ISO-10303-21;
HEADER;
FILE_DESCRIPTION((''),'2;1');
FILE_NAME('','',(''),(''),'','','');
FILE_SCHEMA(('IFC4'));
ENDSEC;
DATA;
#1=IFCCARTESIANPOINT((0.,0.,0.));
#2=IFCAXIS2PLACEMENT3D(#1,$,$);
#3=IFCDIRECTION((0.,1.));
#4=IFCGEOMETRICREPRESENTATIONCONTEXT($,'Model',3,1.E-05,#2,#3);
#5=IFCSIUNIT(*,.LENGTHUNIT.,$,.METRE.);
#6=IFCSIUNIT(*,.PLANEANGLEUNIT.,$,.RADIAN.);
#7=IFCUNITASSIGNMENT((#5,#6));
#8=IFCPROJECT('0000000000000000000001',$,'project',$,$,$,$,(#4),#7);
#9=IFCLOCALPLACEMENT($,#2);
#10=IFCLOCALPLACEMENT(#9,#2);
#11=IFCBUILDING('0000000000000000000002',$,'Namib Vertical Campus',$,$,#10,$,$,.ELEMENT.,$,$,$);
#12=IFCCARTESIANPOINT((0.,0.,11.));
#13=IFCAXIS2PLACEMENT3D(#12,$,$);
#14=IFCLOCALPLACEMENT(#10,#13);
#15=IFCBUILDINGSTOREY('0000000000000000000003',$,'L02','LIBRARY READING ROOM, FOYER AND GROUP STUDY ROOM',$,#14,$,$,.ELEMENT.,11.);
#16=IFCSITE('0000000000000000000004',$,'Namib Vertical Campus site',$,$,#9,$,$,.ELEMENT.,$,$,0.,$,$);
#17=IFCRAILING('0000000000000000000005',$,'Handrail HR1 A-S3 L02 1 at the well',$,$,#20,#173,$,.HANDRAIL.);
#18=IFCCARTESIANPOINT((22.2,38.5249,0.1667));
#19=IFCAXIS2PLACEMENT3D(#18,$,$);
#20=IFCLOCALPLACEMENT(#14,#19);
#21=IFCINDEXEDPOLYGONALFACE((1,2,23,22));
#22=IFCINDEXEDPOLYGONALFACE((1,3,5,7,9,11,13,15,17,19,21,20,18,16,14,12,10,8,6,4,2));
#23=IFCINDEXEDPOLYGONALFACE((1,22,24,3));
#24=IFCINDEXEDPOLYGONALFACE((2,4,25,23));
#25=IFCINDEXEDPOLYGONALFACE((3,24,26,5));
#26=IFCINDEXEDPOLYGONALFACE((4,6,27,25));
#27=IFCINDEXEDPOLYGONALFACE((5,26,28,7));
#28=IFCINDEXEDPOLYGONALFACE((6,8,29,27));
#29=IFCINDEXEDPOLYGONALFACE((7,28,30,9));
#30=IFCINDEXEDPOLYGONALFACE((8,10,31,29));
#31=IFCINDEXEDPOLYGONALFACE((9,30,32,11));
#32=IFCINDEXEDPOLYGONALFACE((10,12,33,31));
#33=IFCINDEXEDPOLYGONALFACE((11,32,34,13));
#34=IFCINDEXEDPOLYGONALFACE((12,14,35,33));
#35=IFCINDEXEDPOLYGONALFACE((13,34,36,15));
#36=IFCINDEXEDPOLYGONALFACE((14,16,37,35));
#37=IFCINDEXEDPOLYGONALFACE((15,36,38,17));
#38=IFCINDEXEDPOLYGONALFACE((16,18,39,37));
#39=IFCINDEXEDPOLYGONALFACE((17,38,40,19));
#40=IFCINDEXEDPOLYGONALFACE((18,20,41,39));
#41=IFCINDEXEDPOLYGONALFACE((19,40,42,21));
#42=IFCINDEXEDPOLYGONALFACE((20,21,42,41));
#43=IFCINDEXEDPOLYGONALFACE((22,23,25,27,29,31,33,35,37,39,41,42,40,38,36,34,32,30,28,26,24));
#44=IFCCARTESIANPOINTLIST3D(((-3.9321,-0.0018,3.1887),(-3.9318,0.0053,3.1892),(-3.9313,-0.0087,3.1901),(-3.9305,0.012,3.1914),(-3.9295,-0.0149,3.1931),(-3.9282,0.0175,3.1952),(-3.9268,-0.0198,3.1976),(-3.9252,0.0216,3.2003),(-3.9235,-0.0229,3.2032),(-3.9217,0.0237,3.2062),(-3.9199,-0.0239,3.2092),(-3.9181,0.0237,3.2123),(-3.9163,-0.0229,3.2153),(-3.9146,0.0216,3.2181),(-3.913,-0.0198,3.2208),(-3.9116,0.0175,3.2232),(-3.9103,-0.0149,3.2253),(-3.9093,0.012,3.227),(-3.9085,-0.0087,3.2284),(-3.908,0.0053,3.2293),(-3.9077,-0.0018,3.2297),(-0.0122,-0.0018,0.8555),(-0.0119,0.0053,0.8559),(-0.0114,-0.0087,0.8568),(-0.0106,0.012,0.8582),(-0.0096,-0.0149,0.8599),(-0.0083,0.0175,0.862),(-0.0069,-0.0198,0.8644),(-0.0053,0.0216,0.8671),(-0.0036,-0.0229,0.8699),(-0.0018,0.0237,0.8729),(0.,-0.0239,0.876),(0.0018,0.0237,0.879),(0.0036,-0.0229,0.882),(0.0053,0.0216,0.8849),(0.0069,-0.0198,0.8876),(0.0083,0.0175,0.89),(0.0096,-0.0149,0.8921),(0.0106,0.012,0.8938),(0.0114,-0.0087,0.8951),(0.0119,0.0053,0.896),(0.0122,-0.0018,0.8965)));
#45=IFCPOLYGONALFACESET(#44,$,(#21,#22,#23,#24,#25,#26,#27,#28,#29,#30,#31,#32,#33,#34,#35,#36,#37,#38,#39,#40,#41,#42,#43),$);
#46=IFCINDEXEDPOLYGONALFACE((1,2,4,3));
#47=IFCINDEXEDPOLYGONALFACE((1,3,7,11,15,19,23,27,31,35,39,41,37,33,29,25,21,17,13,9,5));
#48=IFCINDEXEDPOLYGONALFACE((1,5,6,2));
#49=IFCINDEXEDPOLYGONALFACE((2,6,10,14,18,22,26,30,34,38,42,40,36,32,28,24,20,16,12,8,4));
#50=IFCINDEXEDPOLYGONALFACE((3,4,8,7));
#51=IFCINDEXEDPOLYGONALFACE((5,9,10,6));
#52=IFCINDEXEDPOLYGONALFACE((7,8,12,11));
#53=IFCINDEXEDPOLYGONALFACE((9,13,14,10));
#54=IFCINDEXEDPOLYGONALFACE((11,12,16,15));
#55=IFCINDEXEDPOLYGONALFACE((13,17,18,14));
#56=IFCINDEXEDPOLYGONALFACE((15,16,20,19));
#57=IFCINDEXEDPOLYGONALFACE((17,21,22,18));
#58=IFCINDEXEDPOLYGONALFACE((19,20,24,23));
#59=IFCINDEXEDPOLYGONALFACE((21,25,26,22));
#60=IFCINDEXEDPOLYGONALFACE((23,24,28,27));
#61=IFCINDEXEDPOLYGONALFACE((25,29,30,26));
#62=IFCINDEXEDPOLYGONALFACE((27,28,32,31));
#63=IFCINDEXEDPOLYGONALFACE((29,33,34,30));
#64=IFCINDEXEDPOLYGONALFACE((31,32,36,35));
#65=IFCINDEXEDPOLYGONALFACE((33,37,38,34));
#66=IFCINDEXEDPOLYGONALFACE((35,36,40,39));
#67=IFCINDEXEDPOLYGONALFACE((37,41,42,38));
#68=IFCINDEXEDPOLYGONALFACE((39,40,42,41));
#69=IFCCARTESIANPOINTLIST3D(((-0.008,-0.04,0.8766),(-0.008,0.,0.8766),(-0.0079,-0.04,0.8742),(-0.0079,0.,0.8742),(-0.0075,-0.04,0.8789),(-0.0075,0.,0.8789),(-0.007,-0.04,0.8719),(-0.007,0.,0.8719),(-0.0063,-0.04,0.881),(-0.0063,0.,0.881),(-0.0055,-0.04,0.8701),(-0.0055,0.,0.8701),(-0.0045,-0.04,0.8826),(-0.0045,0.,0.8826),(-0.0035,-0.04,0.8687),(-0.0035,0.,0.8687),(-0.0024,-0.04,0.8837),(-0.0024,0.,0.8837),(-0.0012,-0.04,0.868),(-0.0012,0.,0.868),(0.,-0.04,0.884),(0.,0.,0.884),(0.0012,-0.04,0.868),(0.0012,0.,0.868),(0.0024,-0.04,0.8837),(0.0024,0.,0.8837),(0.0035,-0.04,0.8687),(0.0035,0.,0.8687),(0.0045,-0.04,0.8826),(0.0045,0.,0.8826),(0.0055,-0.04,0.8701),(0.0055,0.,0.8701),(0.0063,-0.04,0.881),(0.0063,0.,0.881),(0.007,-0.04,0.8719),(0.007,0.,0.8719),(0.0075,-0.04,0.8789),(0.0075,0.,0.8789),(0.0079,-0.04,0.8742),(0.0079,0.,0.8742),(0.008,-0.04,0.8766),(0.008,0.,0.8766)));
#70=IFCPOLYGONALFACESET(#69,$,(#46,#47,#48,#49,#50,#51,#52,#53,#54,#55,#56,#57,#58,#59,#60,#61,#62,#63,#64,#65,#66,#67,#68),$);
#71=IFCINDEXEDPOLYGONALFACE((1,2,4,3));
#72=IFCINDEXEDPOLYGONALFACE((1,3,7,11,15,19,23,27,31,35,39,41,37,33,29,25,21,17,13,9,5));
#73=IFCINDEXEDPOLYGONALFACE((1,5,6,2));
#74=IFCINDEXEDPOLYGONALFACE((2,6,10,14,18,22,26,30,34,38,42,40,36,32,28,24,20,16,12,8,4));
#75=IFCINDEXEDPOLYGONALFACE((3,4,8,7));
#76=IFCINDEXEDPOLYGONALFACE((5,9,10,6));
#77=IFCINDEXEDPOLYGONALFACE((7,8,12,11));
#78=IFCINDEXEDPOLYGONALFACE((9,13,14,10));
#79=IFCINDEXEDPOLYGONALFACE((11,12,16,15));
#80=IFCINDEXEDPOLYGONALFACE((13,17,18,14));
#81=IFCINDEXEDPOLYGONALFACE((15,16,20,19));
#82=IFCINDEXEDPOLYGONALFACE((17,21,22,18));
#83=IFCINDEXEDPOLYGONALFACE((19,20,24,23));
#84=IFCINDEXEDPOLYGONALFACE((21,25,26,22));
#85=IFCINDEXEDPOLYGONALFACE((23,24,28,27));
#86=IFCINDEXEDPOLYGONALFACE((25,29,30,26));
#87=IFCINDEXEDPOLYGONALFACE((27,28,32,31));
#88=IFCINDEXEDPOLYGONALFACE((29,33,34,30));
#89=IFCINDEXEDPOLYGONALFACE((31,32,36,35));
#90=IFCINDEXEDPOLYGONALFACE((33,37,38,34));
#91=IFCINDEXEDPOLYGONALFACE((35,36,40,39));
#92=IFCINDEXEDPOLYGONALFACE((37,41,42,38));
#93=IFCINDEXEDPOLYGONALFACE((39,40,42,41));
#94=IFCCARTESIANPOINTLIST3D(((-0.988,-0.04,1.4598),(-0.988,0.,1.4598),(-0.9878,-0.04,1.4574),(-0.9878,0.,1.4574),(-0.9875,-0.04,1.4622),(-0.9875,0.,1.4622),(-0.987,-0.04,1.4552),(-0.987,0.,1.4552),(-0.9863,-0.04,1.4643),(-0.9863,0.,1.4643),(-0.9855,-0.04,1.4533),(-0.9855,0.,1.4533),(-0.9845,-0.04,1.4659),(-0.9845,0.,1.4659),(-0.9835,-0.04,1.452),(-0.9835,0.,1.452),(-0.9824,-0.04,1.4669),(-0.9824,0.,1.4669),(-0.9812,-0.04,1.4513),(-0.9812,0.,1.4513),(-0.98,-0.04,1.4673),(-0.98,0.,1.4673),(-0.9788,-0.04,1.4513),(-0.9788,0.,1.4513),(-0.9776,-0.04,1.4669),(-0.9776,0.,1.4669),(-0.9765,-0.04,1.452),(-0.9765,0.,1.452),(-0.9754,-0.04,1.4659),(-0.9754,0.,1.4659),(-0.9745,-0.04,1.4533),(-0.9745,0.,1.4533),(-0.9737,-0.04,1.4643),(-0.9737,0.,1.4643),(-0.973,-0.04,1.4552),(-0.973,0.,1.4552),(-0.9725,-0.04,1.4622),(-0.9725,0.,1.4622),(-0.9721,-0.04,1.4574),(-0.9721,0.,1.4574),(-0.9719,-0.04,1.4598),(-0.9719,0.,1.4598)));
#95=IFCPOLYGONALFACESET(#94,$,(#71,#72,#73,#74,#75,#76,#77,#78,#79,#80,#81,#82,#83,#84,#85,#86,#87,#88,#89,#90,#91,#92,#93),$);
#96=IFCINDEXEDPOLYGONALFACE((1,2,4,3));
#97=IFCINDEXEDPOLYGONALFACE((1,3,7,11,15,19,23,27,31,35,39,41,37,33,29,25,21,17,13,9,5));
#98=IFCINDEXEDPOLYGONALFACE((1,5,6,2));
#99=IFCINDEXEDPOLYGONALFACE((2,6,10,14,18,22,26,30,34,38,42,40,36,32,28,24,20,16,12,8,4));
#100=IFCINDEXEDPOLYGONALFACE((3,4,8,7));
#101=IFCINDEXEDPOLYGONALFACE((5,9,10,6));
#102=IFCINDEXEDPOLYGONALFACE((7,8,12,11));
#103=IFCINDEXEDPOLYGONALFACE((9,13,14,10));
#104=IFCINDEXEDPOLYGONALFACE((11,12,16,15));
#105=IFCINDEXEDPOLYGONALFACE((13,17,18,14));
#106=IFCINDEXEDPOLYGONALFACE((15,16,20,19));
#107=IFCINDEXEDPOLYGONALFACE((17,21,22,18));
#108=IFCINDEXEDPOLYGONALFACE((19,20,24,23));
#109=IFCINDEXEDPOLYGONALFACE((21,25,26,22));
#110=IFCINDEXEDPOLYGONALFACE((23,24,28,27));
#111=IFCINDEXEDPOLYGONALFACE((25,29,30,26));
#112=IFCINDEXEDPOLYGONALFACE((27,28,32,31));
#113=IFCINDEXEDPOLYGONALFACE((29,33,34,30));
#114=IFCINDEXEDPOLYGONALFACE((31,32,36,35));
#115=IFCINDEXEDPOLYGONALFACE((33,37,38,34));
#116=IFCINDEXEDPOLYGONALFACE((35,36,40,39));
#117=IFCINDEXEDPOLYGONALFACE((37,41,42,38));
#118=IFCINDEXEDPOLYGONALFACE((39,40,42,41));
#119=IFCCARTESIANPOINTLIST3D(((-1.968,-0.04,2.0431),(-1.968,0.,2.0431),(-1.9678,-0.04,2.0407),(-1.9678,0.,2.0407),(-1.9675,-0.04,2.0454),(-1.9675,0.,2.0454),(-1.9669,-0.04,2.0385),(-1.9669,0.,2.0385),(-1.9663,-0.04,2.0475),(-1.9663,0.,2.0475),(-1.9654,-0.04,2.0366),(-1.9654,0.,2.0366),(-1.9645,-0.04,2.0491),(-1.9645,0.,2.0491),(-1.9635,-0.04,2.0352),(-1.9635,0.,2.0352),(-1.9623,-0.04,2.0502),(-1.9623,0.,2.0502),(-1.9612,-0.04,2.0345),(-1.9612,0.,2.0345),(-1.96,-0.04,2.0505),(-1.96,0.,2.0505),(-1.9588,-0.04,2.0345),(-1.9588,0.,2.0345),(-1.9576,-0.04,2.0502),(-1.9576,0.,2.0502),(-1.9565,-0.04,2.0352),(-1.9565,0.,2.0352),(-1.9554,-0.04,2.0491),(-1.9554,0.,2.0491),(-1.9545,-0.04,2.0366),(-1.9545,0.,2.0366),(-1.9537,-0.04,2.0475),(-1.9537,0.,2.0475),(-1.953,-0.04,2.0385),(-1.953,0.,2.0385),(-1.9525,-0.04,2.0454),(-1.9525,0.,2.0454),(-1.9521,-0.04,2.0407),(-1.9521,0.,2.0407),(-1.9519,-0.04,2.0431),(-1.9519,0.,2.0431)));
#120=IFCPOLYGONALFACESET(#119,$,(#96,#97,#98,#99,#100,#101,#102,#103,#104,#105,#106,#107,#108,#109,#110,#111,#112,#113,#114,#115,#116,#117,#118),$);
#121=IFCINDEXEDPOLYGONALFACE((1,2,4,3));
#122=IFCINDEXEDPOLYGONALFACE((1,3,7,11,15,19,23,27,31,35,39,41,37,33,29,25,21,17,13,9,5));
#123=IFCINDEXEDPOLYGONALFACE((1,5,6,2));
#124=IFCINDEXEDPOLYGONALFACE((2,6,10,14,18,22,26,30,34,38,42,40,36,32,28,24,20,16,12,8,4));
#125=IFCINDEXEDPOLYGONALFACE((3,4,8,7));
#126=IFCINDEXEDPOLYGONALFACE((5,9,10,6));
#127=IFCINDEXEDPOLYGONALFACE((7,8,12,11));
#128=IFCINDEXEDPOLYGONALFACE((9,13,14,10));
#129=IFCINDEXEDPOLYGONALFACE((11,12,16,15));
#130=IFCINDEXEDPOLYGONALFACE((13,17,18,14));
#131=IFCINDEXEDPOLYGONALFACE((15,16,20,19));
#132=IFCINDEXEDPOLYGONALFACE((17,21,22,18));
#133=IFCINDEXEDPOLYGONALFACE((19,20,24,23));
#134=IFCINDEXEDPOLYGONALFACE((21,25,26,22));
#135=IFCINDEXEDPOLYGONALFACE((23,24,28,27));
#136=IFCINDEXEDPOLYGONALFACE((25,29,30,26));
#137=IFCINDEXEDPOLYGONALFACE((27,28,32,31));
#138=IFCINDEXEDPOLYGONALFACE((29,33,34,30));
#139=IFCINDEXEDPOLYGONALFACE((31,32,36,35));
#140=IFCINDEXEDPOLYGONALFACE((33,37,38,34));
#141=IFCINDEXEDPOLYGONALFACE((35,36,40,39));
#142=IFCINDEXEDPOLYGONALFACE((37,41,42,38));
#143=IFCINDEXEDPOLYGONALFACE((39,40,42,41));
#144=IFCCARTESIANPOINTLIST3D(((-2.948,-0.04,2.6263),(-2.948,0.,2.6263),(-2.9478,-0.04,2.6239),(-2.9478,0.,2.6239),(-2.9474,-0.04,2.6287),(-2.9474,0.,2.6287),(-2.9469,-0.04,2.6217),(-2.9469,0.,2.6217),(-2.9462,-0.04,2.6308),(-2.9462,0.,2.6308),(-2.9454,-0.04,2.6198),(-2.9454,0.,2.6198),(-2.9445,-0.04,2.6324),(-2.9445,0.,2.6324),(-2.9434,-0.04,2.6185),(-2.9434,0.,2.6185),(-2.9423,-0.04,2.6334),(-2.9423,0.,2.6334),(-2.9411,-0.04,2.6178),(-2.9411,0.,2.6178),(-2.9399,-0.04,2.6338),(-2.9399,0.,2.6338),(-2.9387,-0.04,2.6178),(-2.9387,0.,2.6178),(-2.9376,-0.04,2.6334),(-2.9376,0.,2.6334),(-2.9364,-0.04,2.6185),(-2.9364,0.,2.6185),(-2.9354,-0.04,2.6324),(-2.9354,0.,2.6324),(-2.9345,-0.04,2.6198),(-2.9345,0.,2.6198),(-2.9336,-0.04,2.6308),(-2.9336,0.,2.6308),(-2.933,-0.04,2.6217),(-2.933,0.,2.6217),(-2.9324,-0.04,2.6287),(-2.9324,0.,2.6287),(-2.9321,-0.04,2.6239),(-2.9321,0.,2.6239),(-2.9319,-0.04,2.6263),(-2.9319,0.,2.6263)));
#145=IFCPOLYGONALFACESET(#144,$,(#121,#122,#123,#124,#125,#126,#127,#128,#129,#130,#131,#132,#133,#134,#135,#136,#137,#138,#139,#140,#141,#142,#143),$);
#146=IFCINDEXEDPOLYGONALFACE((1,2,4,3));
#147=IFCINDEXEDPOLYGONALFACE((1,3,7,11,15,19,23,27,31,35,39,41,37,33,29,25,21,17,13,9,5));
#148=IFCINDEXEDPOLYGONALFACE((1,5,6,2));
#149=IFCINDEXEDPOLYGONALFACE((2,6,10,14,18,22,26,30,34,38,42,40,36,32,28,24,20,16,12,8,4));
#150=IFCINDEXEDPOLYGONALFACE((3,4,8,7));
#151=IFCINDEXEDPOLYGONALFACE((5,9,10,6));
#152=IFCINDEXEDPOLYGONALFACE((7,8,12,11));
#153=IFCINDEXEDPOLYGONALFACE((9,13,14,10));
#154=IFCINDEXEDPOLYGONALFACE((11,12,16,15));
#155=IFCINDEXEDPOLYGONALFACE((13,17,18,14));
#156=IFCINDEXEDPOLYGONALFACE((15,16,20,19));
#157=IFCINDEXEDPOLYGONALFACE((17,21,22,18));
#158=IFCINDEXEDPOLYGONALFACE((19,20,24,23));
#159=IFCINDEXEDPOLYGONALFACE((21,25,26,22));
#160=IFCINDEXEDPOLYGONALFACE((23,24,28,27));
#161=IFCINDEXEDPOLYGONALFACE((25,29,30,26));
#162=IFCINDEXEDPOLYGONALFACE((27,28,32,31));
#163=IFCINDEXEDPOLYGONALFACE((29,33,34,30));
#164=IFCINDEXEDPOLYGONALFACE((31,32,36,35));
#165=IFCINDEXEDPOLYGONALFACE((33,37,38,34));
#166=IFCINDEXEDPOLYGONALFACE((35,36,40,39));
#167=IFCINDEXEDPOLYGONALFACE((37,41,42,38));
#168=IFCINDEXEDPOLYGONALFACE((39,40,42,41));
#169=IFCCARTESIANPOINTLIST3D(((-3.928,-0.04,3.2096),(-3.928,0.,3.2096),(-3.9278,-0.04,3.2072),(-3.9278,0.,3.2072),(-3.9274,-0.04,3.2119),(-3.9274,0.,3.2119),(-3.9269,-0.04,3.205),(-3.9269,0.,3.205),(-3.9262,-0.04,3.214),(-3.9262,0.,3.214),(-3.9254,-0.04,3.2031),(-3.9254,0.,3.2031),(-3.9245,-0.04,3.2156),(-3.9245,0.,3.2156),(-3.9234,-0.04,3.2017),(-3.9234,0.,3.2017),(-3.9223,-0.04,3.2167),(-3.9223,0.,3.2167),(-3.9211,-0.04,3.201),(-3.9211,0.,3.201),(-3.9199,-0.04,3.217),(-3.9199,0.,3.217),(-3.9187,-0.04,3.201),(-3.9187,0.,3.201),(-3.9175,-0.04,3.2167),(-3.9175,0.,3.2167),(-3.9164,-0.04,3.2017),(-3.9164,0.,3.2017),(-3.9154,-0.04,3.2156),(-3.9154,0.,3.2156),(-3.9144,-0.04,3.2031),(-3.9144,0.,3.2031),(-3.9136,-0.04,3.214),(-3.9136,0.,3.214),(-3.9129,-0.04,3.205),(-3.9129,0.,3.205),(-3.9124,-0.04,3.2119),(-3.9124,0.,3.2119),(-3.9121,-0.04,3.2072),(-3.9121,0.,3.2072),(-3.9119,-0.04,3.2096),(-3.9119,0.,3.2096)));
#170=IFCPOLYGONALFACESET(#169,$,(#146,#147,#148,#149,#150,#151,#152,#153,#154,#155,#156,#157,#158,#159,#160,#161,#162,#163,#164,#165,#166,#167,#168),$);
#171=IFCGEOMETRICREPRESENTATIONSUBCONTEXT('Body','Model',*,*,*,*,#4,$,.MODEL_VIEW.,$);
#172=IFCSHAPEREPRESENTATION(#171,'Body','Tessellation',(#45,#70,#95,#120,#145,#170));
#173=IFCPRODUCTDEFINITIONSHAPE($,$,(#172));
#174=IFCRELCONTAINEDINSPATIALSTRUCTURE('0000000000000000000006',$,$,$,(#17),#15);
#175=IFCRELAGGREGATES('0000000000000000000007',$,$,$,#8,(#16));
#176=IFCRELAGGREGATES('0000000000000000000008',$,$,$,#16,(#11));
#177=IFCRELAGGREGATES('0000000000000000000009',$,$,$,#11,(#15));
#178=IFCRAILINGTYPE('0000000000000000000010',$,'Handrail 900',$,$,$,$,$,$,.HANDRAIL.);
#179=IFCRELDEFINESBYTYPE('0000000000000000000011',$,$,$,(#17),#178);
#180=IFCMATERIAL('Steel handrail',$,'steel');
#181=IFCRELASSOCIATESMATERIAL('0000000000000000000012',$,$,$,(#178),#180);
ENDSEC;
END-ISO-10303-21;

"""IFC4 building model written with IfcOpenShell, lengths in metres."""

from ifc_helpers import new_model, si_unit, direction, frame, origin, origin_2d, place, context, subcontext, project, spatial, circle, extrude, material, type_object, element, save


model = new_model("IFC4")

# Units and contexts
model_context = context("Model", 3, precision=1e-05, world=origin(), true_north=direction((0.0, 1.0)))
body_context = subcontext(model_context, "Body", "Model", "MODEL_VIEW")
ifc_project = project(units=[si_unit("LENGTHUNIT", "METRE"), si_unit("PLANEANGLEUNIT", "RADIAN")], contexts=[model_context])

# Site, building, storey
site_placement = place(None, origin())
site = spatial("IfcSite", under=ifc_project, at=site_placement, Name="Namib Vertical Campus site", CompositionType="ELEMENT", RefElevation=0.0)
building_placement = place(site_placement, origin())
building = spatial("IfcBuilding", under=site, at=building_placement, Name="Namib Vertical Campus", CompositionType="ELEMENT")
storey_placement = place(building_placement, frame((0.0, 0.0, 11.0)))
storey = spatial("IfcBuildingStorey", under=building, at=storey_placement, Name="L02", Description="LIBRARY READING ROOM, FOYER AND GROUP STUDY ROOM", CompositionType="ELEMENT", Elevation=11.0)

# Railing
ifc_material_1 = material(Name="Steel handrail", Category="steel")
railing_type_1 = type_object("IfcRailingType", Name="Handrail 900", PredefinedType="HANDRAIL", material=ifc_material_1)
railing_1_placement = place(storey_placement, frame((22.2, 38.5249, 0.1667)))
element("IfcRailing", 1, at=railing_1_placement, inside=storey, type_object=railing_type_1, Name="Handrail HR1 A-S3 L02 1 at the well", PredefinedType="HANDRAIL", context=body_context, shape_type="SweptSolid", body=[
    extrude(circle(Radius=0.0239, at=origin_2d()), frame((0.0, 0.0, 0.876), z_axis=(-0.859296, 0.0, 0.511478), x_axis=(0.0, -1.0, 0.0)), (0.0, 0.0, 1.0), 4.5618),
    extrude(circle(Radius=0.0081, at=origin_2d()), frame((0.0, 0.0, 0.876), z_axis=(0.0, -1.0, 0.0), x_axis=(0.0, 0.0, 1.0)), (0.0, 0.0, 1.0), 0.04),
    extrude(circle(Radius=0.0081, at=origin_2d()), frame((-0.98, 0.0, 1.4592), z_axis=(0.0, -1.0, 0.0), x_axis=(0.0, 0.0, 1.0)), (0.0, 0.0, 1.0), 0.04),
    extrude(circle(Radius=0.0081, at=origin_2d()), frame((-1.96, 0.0, 2.0425), z_axis=(0.0, -1.0, 0.0), x_axis=(0.0, 0.0, 1.0)), (0.0, 0.0, 1.0), 0.04),
    extrude(circle(Radius=0.0081, at=origin_2d()), frame((-2.9399, 0.0, 2.6257), z_axis=(0.0, -1.0, 0.0), x_axis=(0.0, 0.0, 1.0)), (0.0, 0.0, 1.0), 0.04),
    extrude(circle(Radius=0.0081, at=origin_2d()), frame((-3.9199, 0.0, 3.209), z_axis=(0.0, -1.0, 0.0), x_axis=(0.0, 0.0, 1.0)), (0.0, 0.0, 1.0), 0.04),
])

save(model, "model.ifc")
